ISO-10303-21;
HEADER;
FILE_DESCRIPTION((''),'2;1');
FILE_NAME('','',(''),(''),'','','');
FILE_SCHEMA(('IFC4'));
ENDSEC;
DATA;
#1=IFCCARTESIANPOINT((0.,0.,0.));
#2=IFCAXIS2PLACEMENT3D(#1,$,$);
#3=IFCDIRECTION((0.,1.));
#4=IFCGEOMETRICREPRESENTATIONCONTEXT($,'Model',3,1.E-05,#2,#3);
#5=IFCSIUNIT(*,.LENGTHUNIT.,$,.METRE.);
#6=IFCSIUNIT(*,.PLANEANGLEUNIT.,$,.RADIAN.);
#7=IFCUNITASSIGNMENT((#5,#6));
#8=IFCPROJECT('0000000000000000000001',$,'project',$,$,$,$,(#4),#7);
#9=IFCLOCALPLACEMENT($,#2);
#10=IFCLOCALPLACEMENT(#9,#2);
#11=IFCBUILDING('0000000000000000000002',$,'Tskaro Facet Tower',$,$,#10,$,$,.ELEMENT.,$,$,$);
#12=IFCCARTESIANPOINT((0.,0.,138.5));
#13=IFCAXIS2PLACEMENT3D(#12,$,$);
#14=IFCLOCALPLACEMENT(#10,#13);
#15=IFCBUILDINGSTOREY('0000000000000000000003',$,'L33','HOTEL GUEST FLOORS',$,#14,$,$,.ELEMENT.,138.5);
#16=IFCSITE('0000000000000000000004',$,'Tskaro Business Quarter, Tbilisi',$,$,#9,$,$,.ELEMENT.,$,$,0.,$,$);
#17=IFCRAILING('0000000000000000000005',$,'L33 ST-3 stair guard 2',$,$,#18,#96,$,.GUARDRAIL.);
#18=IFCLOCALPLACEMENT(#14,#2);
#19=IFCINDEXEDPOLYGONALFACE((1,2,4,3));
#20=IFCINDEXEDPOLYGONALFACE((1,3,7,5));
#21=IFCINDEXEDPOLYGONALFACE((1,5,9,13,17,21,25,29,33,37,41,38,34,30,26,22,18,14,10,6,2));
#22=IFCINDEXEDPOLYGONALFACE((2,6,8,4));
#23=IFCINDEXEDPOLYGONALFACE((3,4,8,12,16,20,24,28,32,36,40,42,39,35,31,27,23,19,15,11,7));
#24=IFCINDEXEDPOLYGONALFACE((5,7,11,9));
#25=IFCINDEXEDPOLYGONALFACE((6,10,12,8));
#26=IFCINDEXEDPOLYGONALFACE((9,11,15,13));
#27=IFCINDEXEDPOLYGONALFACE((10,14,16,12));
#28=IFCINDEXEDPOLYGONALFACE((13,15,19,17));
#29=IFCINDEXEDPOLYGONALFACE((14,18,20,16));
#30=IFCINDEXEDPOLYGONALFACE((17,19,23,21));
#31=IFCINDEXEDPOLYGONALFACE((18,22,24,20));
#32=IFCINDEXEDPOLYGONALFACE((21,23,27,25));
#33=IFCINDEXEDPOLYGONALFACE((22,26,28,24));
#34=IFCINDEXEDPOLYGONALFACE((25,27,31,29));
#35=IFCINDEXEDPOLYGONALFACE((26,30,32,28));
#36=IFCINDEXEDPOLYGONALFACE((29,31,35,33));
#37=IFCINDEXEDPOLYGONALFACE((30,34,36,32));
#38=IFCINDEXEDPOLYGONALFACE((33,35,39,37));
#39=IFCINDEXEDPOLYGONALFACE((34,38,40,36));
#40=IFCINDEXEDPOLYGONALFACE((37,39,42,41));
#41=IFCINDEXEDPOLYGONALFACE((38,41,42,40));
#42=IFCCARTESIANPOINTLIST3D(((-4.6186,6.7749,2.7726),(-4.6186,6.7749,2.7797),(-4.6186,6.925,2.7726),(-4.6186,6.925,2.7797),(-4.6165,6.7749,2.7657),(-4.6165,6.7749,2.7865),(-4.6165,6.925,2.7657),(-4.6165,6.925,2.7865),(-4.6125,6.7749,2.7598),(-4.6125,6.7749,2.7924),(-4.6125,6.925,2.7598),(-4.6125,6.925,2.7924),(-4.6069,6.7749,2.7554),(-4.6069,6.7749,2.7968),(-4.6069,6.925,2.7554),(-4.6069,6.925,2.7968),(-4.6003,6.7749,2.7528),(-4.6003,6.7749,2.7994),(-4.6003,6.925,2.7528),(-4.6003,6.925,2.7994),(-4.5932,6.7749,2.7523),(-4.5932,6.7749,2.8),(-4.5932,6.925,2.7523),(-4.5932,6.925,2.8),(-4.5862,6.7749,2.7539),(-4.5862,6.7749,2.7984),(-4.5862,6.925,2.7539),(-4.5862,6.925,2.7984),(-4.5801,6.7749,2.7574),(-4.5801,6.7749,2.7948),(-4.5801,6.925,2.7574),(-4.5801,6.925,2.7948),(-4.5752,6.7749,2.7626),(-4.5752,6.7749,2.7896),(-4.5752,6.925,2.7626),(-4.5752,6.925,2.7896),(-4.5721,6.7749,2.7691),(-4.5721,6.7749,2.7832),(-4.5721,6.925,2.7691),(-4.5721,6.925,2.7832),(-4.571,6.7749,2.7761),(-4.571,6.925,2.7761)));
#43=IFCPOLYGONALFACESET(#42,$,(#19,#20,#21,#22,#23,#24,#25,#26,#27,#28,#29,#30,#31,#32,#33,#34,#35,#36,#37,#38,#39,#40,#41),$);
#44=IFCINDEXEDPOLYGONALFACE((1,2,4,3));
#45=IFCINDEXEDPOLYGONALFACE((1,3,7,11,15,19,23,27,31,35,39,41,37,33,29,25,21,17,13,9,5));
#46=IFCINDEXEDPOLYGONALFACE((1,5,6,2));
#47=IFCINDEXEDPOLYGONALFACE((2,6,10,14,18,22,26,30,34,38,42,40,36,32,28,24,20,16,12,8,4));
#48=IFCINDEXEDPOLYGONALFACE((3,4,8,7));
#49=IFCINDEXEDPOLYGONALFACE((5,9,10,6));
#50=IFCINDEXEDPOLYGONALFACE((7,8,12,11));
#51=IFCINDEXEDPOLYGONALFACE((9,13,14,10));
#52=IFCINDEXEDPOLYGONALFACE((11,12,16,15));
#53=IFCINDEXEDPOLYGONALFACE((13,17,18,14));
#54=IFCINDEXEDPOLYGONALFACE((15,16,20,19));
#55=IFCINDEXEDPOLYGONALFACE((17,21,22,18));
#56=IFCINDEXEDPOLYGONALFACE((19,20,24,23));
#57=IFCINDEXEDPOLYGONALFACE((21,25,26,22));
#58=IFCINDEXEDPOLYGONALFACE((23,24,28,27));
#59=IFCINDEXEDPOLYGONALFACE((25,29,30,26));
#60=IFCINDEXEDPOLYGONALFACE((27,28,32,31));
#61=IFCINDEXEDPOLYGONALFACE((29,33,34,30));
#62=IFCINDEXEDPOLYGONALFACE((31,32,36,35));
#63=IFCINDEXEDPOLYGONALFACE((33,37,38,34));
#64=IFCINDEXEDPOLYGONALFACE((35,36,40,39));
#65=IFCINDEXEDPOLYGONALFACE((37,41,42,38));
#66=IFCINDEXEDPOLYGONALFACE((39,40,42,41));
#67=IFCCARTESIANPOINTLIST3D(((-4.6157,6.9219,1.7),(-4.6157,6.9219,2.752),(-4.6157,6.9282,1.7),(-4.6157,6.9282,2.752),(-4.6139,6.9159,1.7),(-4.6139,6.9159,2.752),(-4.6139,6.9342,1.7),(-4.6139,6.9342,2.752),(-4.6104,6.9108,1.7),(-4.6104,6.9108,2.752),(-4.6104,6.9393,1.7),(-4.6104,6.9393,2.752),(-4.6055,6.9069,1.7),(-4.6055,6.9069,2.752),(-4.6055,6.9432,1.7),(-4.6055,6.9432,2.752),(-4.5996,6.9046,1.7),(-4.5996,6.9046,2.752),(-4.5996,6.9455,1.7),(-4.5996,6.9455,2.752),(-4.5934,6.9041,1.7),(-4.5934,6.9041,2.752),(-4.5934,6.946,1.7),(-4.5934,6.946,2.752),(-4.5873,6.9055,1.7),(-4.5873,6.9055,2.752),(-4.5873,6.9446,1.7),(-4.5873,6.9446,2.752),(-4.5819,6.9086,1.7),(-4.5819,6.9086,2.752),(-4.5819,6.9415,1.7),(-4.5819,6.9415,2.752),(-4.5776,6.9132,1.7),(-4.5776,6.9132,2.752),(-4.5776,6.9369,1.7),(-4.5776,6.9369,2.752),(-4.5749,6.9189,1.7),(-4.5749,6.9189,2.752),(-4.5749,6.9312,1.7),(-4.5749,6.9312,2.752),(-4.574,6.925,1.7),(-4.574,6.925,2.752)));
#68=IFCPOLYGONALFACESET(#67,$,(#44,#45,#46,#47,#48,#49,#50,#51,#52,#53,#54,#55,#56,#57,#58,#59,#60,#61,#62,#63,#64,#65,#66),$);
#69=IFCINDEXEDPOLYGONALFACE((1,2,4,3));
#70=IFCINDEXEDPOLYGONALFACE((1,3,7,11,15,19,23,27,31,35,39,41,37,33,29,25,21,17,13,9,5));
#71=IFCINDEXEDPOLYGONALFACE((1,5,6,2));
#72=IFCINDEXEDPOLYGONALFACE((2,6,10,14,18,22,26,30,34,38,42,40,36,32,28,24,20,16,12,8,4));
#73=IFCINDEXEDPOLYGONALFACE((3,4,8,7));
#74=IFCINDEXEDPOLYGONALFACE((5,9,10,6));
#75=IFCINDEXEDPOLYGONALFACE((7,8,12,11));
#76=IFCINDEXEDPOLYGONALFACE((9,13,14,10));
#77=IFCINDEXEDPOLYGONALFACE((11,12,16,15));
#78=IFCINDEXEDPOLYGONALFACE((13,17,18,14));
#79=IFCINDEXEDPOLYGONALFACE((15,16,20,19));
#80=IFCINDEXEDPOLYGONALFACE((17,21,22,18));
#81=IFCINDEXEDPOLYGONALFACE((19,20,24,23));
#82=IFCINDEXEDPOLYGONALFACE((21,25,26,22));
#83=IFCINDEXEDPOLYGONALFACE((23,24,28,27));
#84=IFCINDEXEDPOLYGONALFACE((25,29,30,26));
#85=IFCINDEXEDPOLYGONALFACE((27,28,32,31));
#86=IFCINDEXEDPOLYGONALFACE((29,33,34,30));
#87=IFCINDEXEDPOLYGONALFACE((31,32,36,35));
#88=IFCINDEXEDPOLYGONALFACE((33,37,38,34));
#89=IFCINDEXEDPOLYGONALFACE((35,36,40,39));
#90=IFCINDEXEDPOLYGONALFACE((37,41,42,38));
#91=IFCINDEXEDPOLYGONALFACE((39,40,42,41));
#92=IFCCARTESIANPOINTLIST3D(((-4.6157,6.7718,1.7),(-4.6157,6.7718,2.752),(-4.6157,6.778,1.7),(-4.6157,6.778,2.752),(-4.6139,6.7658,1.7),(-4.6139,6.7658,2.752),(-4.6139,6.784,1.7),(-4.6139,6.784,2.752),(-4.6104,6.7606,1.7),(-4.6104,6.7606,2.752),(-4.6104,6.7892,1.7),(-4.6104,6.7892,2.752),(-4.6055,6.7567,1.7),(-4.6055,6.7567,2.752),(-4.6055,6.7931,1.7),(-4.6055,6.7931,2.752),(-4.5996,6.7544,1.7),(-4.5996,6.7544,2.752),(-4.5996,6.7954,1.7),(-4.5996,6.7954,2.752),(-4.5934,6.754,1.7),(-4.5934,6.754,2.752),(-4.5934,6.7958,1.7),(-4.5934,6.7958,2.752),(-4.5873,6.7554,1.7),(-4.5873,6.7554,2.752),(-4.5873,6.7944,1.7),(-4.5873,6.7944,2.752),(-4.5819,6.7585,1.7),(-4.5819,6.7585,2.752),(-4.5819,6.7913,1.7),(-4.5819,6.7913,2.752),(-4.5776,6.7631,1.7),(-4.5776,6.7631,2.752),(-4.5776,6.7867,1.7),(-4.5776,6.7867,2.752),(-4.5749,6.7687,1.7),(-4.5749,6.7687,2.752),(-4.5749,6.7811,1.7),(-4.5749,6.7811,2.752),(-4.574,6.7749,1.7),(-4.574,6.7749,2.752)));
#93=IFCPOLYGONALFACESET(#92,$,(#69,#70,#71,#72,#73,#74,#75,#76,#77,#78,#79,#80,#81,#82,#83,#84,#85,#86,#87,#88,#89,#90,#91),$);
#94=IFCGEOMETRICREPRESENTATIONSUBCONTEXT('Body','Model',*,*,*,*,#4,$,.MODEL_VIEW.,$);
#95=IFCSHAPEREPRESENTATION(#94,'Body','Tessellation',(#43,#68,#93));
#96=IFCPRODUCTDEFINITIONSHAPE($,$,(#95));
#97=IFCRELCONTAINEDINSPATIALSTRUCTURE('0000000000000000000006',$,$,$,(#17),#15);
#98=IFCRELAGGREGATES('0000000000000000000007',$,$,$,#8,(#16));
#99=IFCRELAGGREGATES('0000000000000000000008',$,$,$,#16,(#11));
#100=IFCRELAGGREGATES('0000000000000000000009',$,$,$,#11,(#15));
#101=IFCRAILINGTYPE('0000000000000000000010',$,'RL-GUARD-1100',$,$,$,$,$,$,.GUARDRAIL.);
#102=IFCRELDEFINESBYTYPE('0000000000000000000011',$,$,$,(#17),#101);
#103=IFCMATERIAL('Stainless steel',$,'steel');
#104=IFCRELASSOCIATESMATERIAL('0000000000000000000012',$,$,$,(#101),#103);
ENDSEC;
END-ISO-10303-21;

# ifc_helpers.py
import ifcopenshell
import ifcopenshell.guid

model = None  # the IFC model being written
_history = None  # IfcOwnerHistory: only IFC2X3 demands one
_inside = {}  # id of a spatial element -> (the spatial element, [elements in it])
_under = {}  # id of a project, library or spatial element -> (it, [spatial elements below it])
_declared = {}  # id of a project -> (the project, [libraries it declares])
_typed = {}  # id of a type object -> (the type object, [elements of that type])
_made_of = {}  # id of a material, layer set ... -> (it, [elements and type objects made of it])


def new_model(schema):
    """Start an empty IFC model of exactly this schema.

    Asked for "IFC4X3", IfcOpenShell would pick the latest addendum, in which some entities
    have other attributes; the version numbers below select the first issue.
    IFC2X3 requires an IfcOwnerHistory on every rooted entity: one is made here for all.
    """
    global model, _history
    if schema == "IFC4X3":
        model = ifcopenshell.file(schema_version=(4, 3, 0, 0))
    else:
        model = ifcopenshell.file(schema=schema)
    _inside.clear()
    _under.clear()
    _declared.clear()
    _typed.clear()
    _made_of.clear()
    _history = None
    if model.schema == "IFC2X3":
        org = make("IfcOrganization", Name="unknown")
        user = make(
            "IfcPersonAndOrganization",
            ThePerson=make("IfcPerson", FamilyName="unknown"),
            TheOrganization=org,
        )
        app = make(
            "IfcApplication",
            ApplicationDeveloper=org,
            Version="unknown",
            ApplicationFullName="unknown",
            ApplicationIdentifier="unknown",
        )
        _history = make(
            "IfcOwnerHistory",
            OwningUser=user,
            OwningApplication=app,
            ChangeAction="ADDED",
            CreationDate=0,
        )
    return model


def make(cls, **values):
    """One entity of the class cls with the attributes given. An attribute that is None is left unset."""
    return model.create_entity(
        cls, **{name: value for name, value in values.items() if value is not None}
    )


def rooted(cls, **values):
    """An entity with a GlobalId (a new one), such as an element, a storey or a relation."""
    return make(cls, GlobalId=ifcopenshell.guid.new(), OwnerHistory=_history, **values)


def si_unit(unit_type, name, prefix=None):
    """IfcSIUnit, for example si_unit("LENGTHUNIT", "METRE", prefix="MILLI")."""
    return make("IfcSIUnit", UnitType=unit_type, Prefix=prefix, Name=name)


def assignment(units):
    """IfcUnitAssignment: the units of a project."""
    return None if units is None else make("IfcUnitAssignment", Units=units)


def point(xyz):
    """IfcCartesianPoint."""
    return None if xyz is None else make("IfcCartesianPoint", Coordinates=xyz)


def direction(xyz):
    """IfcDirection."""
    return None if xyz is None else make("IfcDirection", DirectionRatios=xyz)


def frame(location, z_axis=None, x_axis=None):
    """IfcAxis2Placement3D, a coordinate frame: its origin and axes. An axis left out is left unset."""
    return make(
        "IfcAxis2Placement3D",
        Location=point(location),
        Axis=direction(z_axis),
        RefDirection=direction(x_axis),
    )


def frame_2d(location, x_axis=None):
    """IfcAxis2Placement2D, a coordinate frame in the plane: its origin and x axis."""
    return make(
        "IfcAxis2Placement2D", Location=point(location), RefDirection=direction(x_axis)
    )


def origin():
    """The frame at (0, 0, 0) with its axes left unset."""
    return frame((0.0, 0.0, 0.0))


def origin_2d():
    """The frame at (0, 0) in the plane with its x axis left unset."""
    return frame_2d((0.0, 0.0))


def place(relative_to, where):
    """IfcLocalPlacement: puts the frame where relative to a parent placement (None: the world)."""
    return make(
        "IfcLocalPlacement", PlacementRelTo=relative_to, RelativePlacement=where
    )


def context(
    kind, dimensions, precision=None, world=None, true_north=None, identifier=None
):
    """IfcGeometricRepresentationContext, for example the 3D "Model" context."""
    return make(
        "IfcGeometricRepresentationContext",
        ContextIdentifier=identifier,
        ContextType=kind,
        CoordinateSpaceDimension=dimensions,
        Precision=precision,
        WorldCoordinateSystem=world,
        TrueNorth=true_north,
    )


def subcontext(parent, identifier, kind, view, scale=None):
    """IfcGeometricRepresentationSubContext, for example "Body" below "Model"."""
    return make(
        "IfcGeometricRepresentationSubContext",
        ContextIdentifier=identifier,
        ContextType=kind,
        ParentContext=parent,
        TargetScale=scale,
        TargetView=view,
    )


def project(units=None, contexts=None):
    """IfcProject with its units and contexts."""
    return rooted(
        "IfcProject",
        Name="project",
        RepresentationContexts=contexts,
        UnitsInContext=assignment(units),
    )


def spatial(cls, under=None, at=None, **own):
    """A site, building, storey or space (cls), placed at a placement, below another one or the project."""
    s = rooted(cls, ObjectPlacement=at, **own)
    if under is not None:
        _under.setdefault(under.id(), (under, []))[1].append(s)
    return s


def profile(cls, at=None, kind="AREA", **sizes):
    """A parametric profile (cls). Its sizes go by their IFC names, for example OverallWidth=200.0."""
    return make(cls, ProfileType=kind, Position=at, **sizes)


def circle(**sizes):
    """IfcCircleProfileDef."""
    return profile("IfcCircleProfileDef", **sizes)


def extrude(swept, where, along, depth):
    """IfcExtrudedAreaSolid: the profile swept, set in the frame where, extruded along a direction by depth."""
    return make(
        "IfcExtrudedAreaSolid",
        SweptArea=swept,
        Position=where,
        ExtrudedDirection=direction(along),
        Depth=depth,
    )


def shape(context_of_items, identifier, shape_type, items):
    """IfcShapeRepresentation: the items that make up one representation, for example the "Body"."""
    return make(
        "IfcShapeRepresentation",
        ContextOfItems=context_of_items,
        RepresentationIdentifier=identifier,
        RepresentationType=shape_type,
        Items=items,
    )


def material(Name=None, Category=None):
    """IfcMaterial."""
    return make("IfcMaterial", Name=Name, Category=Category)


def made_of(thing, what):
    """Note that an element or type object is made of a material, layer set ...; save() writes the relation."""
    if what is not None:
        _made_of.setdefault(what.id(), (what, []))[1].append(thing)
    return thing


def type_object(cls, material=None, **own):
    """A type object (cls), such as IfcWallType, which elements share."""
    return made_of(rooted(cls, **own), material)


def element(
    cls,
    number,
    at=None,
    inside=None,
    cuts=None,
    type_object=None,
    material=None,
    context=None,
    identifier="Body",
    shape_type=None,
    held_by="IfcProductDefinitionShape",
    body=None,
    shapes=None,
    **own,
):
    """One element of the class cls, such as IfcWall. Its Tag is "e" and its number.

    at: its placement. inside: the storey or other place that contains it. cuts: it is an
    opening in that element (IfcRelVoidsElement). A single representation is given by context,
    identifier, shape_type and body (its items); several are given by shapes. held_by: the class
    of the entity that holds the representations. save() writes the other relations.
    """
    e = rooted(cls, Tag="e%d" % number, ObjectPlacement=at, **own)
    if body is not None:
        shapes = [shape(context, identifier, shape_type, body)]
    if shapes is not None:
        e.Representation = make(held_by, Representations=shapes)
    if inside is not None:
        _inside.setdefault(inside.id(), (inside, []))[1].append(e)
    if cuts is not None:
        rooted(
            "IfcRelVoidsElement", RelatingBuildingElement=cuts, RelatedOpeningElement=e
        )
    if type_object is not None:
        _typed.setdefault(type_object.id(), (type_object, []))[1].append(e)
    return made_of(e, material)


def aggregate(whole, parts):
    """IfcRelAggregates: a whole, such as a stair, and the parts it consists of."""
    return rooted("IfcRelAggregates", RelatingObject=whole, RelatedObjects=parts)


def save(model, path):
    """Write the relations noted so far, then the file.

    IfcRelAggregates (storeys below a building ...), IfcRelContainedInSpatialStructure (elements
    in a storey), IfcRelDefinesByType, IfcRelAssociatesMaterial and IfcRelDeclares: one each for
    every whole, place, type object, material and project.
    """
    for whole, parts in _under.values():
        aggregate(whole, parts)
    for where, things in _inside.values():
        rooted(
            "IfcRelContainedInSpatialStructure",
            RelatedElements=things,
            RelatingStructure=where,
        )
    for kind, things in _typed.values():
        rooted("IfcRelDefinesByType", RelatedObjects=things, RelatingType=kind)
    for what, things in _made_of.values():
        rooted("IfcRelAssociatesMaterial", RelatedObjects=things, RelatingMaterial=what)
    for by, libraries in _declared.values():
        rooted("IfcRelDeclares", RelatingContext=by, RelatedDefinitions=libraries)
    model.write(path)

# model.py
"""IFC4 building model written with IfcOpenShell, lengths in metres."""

from ifc_helpers import new_model, si_unit, direction, frame, origin, origin_2d, place, context, subcontext, project, spatial, circle, extrude, material, type_object, element, save


model = new_model("IFC4")

# Units and contexts
model_context = context("Model", 3, precision=1e-05, world=origin(), true_north=direction((0.0, 1.0)))
body_context = subcontext(model_context, "Body", "Model", "MODEL_VIEW")
ifc_project = project(units=[si_unit("LENGTHUNIT", "METRE"), si_unit("PLANEANGLEUNIT", "RADIAN")], contexts=[model_context])

# Site, building, storey
site_placement = place(None, origin())
site = spatial("IfcSite", under=ifc_project, at=site_placement, Name="Tskaro Business Quarter, Tbilisi", CompositionType="ELEMENT", RefElevation=0.0)
building_placement = place(site_placement, origin())
building = spatial("IfcBuilding", under=site, at=building_placement, Name="Tskaro Facet Tower", CompositionType="ELEMENT")
storey_placement = place(building_placement, frame((0.0, 0.0, 138.5)))
storey = spatial("IfcBuildingStorey", under=building, at=storey_placement, Name="L33", Description="HOTEL GUEST FLOORS", CompositionType="ELEMENT", Elevation=138.5)

# Railing
ifc_material_1 = material(Name="Stainless steel", Category="steel")
railing_type_1 = type_object("IfcRailingType", Name="RL-GUARD-1100", PredefinedType="GUARDRAIL", material=ifc_material_1)
railing_1_placement = place(storey_placement, frame((-4.595, 6.925, 1.7)))
element("IfcRailing", 1, at=railing_1_placement, inside=storey, type_object=railing_type_1, Name="L33 ST-3 stair guard 2", PredefinedType="GUARDRAIL", context=body_context, shape_type="SweptSolid", body=[
    extrude(circle(Radius=0.0239, at=origin_2d()), frame((0.0, 0.0, 1.0762), z_axis=(0.0, -1.0, 0.0), x_axis=(1.0, 0.0, 0.0)), (0.0, 0.0, 1.0), 0.1501),
    extrude(circle(Radius=0.021, at=origin_2d()), origin(), (0.0, 0.0, 1.0), 1.052),
    extrude(circle(Radius=0.021, at=origin_2d()), frame((0.0, -0.1501, 0.0)), (0.0, 0.0, 1.0), 1.052),
])

save(model, "model.ifc")
